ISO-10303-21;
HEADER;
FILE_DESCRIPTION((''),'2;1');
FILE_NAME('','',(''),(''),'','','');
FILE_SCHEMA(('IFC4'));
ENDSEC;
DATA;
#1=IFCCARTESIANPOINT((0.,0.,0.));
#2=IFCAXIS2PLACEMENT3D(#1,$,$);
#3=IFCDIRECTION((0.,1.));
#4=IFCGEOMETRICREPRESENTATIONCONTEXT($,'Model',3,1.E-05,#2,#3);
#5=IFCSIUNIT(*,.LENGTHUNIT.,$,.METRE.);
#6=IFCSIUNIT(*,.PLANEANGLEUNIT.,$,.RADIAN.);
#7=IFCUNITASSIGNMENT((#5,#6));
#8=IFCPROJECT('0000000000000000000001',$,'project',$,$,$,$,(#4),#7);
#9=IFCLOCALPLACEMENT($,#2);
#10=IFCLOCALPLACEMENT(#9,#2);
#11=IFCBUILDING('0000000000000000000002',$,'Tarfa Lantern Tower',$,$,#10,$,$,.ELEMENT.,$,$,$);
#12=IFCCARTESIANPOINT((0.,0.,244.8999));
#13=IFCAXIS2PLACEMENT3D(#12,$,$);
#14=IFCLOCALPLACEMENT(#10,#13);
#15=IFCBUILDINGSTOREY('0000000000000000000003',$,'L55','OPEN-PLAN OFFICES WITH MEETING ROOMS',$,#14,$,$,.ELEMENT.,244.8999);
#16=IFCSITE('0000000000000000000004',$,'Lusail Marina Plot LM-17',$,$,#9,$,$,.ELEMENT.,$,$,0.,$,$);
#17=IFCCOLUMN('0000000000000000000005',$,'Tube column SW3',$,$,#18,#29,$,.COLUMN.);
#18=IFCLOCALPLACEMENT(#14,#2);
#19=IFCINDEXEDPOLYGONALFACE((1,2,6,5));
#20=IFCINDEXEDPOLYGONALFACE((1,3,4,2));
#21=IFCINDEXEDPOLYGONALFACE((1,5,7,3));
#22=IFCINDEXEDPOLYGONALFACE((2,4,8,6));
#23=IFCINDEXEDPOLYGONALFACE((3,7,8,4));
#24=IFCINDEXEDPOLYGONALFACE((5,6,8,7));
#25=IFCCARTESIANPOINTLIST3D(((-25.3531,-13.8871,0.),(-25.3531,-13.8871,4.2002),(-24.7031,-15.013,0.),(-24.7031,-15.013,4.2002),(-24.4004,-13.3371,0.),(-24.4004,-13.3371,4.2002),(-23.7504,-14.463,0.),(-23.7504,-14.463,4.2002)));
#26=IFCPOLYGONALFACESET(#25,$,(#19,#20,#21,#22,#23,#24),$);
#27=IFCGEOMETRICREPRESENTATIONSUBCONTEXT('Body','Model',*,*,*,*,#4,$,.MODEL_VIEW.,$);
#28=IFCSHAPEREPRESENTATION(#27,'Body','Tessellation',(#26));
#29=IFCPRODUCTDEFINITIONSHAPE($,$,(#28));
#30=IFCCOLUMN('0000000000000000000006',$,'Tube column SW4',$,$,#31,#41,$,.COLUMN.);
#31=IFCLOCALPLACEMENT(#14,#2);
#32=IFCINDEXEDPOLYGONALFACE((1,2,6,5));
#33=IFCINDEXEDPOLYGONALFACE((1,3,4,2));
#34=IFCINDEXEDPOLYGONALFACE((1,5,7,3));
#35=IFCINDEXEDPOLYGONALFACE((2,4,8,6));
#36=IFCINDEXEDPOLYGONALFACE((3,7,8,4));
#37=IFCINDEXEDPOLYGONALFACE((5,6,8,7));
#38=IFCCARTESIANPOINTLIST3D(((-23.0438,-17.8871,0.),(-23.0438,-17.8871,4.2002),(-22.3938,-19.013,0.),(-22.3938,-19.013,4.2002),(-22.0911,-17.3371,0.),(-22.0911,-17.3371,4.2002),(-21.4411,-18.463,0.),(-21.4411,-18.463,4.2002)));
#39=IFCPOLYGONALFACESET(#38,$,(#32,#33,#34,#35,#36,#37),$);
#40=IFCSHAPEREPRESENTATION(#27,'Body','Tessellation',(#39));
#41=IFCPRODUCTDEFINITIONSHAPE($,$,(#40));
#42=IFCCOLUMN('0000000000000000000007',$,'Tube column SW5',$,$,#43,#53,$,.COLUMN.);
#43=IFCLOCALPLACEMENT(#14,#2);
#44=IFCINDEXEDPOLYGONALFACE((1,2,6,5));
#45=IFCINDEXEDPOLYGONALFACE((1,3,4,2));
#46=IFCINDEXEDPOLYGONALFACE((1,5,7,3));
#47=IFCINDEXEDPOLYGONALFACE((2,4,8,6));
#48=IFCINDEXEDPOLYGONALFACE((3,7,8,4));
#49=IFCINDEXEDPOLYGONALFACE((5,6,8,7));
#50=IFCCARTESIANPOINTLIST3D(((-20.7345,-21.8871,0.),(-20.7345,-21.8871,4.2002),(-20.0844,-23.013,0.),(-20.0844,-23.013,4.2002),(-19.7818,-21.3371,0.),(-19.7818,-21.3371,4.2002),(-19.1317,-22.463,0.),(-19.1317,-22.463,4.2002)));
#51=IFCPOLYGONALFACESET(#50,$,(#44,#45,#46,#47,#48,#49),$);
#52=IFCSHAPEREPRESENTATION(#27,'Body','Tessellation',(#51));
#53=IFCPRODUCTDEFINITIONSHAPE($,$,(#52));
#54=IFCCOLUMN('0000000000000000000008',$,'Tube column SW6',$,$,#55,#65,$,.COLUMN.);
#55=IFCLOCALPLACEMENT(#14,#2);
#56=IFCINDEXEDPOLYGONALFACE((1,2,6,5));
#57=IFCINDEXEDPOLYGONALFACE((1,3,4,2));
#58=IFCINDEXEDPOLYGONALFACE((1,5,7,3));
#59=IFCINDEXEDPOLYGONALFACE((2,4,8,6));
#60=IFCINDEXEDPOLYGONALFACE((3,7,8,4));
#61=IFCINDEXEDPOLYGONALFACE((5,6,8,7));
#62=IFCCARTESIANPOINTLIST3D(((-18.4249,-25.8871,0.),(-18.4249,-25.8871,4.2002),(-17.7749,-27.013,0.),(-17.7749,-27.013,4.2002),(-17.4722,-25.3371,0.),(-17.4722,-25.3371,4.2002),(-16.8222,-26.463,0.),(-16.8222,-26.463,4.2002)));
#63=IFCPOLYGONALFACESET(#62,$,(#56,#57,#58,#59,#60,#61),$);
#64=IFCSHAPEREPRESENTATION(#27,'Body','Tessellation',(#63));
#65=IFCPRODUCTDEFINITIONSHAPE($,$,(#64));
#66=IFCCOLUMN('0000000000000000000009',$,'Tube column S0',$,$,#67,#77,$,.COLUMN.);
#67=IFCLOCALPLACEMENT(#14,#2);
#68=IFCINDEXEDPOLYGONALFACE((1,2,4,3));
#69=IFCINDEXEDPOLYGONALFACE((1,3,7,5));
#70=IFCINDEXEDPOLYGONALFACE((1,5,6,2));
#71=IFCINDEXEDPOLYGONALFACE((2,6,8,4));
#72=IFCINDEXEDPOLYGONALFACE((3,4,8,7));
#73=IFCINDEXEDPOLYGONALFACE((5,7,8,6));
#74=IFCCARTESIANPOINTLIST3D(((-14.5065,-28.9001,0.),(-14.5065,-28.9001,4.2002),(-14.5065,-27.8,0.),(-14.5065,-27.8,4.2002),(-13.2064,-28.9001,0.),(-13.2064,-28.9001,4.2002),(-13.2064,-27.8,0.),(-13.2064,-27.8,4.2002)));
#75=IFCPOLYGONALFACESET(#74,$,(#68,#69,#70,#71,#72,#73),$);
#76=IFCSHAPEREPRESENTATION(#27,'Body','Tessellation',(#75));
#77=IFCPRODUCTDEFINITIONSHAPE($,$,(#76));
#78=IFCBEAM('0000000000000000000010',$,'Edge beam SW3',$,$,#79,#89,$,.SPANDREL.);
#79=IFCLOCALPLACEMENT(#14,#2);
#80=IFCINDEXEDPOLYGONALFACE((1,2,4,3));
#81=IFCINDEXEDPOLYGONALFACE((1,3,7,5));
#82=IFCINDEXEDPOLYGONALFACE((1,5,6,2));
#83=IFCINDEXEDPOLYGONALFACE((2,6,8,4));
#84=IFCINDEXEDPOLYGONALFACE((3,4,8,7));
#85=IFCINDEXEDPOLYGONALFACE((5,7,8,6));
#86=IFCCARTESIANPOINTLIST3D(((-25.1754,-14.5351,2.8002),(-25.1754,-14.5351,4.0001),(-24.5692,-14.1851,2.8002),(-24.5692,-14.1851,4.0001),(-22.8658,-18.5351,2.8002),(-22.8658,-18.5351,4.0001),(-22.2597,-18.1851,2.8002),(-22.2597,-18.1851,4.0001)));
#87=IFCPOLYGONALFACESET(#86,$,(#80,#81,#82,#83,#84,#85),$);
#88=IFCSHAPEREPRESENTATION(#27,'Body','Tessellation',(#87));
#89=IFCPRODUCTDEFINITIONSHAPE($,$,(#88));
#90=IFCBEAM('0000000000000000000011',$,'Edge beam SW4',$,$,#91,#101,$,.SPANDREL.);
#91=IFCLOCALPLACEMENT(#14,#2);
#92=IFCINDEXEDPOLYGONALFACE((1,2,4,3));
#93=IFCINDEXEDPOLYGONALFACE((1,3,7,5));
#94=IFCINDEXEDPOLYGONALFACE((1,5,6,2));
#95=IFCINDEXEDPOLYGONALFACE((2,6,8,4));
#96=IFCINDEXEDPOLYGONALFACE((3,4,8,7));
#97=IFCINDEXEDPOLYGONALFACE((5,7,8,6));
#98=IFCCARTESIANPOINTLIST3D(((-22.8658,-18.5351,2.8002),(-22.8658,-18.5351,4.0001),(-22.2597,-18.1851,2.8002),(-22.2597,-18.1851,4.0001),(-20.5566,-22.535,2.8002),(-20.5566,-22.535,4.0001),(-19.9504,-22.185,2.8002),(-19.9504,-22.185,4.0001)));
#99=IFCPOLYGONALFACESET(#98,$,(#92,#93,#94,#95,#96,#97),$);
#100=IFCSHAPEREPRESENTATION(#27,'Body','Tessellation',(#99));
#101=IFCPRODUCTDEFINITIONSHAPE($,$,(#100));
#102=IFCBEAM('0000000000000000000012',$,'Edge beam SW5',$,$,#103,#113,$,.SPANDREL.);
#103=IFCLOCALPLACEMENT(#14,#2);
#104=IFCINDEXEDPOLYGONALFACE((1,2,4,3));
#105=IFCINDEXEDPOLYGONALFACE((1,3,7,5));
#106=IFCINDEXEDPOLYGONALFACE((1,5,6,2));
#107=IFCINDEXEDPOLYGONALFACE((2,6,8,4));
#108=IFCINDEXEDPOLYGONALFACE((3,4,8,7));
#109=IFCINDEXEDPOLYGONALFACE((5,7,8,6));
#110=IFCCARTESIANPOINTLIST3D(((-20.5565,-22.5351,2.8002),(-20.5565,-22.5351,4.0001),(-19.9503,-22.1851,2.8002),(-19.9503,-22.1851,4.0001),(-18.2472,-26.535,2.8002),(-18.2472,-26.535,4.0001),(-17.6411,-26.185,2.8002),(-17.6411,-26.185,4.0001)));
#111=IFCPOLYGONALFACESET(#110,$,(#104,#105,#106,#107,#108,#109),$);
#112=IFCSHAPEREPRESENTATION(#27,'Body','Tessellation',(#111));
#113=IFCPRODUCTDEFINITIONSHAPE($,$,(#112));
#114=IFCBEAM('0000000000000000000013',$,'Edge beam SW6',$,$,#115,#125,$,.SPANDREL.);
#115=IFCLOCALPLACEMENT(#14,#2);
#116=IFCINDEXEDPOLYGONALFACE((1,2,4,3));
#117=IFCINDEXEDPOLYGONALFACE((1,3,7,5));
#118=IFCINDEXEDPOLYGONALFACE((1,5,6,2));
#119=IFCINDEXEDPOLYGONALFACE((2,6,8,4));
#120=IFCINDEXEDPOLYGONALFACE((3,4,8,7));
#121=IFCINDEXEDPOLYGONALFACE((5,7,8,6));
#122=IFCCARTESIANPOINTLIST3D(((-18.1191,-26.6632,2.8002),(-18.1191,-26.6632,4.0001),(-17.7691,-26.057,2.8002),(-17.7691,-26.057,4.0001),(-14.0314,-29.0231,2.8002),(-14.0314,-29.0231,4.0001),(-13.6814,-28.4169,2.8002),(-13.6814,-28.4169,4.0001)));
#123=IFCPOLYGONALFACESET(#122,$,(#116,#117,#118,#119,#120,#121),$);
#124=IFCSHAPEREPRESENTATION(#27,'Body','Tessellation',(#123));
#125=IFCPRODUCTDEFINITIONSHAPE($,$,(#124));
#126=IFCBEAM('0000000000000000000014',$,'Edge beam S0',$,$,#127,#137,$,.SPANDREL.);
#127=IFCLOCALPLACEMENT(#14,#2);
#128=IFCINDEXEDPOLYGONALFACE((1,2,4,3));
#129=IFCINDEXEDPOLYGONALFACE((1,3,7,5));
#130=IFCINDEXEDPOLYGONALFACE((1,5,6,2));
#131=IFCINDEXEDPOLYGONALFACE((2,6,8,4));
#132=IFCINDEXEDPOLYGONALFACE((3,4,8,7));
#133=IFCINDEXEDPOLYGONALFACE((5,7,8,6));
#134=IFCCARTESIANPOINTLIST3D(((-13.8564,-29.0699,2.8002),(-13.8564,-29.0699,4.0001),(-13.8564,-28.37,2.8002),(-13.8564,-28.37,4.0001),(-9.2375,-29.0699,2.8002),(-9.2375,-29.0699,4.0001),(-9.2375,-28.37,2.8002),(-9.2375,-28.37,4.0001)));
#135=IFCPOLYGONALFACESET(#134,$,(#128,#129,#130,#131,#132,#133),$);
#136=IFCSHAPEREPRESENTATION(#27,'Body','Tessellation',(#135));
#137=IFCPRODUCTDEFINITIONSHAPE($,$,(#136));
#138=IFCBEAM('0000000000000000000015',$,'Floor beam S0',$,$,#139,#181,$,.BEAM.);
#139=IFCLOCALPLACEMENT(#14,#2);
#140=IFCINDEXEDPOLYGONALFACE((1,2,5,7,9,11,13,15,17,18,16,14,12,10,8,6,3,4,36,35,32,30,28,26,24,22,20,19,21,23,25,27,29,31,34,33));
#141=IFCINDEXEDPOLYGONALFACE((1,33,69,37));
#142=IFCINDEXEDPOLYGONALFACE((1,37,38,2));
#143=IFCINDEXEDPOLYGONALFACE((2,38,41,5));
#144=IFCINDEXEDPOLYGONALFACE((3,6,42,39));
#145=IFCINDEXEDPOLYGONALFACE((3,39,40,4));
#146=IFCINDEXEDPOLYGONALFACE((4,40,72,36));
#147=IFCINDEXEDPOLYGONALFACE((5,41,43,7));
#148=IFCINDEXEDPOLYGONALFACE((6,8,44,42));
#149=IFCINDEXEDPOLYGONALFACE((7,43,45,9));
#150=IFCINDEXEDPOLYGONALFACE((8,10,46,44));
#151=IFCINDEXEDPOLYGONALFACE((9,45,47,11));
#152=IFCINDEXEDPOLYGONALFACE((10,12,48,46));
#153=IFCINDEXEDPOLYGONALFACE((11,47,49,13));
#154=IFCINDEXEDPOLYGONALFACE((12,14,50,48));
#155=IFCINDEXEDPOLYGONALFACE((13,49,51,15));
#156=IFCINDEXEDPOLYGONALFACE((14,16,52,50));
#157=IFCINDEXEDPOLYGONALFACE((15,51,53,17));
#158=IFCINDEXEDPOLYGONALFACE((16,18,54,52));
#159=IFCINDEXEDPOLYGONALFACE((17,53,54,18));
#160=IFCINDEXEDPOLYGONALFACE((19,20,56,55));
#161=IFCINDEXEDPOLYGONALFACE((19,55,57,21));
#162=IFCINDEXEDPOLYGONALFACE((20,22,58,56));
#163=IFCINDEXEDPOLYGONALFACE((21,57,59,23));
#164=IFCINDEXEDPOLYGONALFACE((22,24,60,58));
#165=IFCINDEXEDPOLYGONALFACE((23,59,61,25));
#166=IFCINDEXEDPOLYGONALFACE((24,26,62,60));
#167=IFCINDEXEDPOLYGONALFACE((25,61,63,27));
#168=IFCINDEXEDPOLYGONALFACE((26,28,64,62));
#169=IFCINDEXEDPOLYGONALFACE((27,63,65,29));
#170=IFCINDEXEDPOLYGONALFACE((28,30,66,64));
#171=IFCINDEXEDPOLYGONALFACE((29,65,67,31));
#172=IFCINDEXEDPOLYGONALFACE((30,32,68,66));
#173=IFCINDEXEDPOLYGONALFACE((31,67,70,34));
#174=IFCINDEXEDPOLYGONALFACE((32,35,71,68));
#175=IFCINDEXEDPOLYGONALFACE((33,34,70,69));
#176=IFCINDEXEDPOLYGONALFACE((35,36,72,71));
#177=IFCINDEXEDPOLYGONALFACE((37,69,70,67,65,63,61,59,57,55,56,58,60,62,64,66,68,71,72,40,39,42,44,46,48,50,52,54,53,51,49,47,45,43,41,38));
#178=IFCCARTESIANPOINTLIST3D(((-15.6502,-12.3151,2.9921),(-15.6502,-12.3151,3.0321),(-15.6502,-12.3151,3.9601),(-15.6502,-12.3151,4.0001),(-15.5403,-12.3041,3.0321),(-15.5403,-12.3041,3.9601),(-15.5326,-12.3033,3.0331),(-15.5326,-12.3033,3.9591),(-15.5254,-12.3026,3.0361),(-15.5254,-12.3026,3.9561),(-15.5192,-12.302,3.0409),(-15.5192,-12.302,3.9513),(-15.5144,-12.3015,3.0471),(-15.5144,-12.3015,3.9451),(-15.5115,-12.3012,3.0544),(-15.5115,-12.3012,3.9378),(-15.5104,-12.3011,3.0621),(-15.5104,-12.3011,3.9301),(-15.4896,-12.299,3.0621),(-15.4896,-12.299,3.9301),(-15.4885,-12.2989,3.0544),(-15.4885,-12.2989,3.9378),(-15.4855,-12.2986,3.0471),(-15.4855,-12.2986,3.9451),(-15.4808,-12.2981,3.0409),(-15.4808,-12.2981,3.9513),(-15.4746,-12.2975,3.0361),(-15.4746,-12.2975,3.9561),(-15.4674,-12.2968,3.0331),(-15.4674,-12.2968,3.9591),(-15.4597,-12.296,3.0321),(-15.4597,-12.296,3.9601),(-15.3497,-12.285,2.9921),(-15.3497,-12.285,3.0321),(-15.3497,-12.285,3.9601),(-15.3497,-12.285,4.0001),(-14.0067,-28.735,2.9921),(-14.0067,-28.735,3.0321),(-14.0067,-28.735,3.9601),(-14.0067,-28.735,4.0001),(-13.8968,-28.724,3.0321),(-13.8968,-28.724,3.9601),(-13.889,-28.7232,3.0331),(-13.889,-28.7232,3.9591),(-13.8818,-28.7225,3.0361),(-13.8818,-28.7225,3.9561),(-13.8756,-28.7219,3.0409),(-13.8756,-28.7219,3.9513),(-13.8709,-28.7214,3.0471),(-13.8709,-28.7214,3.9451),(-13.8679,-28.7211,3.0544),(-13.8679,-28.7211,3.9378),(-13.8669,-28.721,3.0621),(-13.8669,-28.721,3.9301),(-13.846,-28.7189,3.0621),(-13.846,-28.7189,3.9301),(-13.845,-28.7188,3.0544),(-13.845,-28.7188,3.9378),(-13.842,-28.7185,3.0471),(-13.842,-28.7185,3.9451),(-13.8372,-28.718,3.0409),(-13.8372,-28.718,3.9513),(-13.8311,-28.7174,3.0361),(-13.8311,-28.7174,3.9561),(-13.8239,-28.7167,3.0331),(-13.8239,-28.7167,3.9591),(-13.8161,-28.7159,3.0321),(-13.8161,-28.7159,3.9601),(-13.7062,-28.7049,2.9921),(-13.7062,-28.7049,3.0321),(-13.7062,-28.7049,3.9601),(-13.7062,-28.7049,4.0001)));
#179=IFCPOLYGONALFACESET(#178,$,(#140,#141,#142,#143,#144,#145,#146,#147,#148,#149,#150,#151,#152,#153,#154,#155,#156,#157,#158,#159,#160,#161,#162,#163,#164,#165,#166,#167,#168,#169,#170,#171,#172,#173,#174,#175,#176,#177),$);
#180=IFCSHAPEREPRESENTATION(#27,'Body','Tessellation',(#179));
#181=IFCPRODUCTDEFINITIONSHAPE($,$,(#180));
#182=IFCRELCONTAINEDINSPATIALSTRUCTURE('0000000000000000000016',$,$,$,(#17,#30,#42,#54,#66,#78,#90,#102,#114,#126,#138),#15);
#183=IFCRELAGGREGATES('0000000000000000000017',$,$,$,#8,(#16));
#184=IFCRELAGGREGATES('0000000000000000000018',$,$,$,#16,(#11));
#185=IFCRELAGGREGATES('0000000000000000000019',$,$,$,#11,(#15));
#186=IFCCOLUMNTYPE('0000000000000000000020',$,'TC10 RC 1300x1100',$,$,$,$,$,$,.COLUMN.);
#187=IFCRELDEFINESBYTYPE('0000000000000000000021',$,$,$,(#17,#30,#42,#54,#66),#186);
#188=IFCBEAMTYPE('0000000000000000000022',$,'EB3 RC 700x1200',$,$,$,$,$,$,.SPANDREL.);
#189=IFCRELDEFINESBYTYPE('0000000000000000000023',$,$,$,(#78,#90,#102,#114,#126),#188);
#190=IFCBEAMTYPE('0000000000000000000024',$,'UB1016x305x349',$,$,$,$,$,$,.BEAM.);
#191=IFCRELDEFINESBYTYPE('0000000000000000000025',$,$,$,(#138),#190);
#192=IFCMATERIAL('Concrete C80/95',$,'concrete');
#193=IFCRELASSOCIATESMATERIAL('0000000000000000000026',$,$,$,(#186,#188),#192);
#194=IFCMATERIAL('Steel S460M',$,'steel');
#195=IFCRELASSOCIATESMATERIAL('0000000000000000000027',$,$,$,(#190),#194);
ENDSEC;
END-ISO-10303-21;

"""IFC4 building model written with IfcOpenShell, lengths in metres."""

from ifc_helpers import new_model, si_unit, direction, frame, origin, origin_2d, place, context, subcontext, project, spatial, rectangle, i_section, extrude, material, material_profile, profile_set, type_object, element, save


model = new_model("IFC4")

# Units and contexts
model_context = context("Model", 3, precision=1e-05, world=origin(), true_north=direction((0.0, 1.0)))
body_context = subcontext(model_context, "Body", "Model", "MODEL_VIEW")
ifc_project = project(units=[si_unit("LENGTHUNIT", "METRE"), si_unit("PLANEANGLEUNIT", "RADIAN")], contexts=[model_context])

# Site, building, storey
site_placement = place(None, origin())
site = spatial("IfcSite", under=ifc_project, at=site_placement, Name="Lusail Marina Plot LM-17", CompositionType="ELEMENT", RefElevation=0.0)
building_placement = place(site_placement, origin())
building = spatial("IfcBuilding", under=site, at=building_placement, Name="Tarfa Lantern Tower", CompositionType="ELEMENT")
storey_placement = place(building_placement, frame((0.0, 0.0, 244.8999)))
storey = spatial("IfcBuildingStorey", under=building, at=storey_placement, Name="L55", Description="OPEN-PLAN OFFICES WITH MEETING ROOMS", CompositionType="ELEMENT", Elevation=244.8999)

# Columns
ifc_material_1 = material(Name="Concrete C80/95", Category="concrete")
ifc_material_profile_1 = material_profile(ifc_material_1, rectangle(XDim=1.3, YDim=1.1001, at=origin_2d()), Name="RC 1300x1100")
ifc_profile_set_1 = profile_set([ifc_material_profile_1], Name="Concrete C80/95")
column_type = type_object("IfcColumnType", Name="TC10 RC 1300x1100", PredefinedType="COLUMN", material=ifc_profile_set_1)
for number, where, z_axis, x_axis, name in (
    (1, (-24.5518, -14.175, 0.0), (0.0, 0.0, 1.0), (0.5, -0.866025, 0.0), "Tube column SW3"),
    (2, (-22.2424, -18.175, 0.0), (0.0, 0.0, 1.0), (0.5, -0.866025, 0.0), "Tube column SW4"),
    (3, (-19.9331, -22.175, 0.0), (0.0, 0.0, 1.0), (0.5, -0.866025, 0.0), "Tube column SW5"),
    (4, (-17.6235, -26.175, 0.0), (0.0, 0.0, 1.0), (0.5, -0.866025, 0.0), "Tube column SW6"),
    (5, (-13.8564, -28.3501, 0.0), (0.0, 0.0, 1.0), (1.0, 0.0, 0.0), "Tube column S0"),
):
    element("IfcColumn", number, at=place(storey_placement, frame(where, z_axis=z_axis, x_axis=x_axis)), inside=storey, type_object=column_type, Name=name, PredefinedType="COLUMN", context=body_context, shape_type="SweptSolid", body=[
        extrude(rectangle(XDim=1.3, YDim=1.1001, at=origin_2d()), origin(), (0.0, 0.0, 1.0), 4.2002),
    ])

# Beams
ifc_material_profile_2 = material_profile(ifc_material_1, rectangle(XDim=0.7, YDim=1.2, at=origin_2d()), Name="RC 700x1200")
ifc_profile_set_2 = profile_set([ifc_material_profile_2], Name="Concrete C80/95")
beam_type_1 = type_object("IfcBeamType", Name="EB3 RC 700x1200", PredefinedType="SPANDREL", material=ifc_profile_set_2)
beam_1_placement = place(storey_placement, frame((-24.8723, -14.3601, 3.4001), z_axis=(0.500027, -0.86601, 0.0), x_axis=(0.86601, 0.500027, 0.0)))
element("IfcBeam", 6, at=beam_1_placement, inside=storey, type_object=beam_type_1, Name="Edge beam SW3", PredefinedType="SPANDREL", context=body_context, shape_type="SweptSolid", body=[
    extrude(rectangle(XDim=0.7, YDim=1.2, at=origin_2d()), origin(), (0.0, 0.0, 1.0), 4.6189),
])
for number, where, z_axis, x_axis, name in (
    (7, (-22.5627, -18.3601, 3.4001), (0.499988, -0.866032, 0.0), (0.866032, 0.499988, 0.0), "Edge beam SW4"),
    (8, (-20.2534, -22.3601, 3.4001), (0.499988, -0.866032, 0.0), (0.866032, 0.499988, 0.0), "Edge beam SW5"),
):
    element("IfcBeam", number, at=place(storey_placement, frame(where, z_axis=z_axis, x_axis=x_axis)), inside=storey, type_object=beam_type_1, Name=name, PredefinedType="SPANDREL", context=body_context, shape_type="SweptSolid", body=[
        extrude(rectangle(XDim=0.7, YDim=1.2, at=origin_2d()), origin(), (0.0, 0.0, 1.0), 4.6187),
    ])
beam_2_placement = place(storey_placement, frame((-17.9441, -26.3601, 3.4001), z_axis=(0.866038, -0.499978, 0.0), x_axis=(0.499978, 0.866038, 0.0)))
element("IfcBeam", 9, at=beam_2_placement, inside=storey, type_object=beam_type_1, Name="Edge beam SW6", PredefinedType="SPANDREL", context=body_context, shape_type="SweptSolid", body=[
    extrude(rectangle(XDim=0.7, YDim=1.2, at=origin_2d()), origin(), (0.0, 0.0, 1.0), 4.72),
])
beam_3_placement = place(storey_placement, frame((-13.8564, -28.72, 3.4001), z_axis=(1.0, 0.0, 0.0), x_axis=(0.0, 1.0, 0.0)))
element("IfcBeam", 10, at=beam_3_placement, inside=storey, type_object=beam_type_1, Name="Edge beam S0", PredefinedType="SPANDREL", context=body_context, shape_type="SweptSolid", body=[
    extrude(rectangle(XDim=0.7, YDim=1.2, at=origin_2d()), origin(), (0.0, 0.0, 1.0), 4.6189),
])
ifc_material_2 = material(Name="Steel S460M", Category="steel")
ifc_material_profile_3 = material_profile(ifc_material_2, i_section(OverallWidth=0.302, OverallDepth=1.0081, WebThickness=0.021, FlangeThickness=0.04, FilletRadius=0.03, at=origin_2d()), Name="UB1016x305x349")
ifc_profile_set_3 = profile_set([ifc_material_profile_3], Name="Steel S460M")
beam_type_2 = type_object("IfcBeamType", Name="UB1016x305x349", PredefinedType="BEAM", material=ifc_profile_set_3)
beam_4_placement = place(storey_placement, frame((-13.8564, -28.72, 3.4961), z_axis=(-0.099597, 0.995028, 0.0), x_axis=(-0.995028, -0.099597, 0.0)))
element("IfcBeam", 11, at=beam_4_placement, inside=storey, type_object=beam_type_2, Name="Floor beam S0", PredefinedType="BEAM", context=body_context, shape_type="SweptSolid", body=[
    extrude(i_section(OverallWidth=0.302, OverallDepth=1.0081, WebThickness=0.021, FlangeThickness=0.04, FilletRadius=0.03, at=origin_2d()), origin(), (0.0, 0.0, 1.0), 16.502),
])

save(model, "model.ifc")
